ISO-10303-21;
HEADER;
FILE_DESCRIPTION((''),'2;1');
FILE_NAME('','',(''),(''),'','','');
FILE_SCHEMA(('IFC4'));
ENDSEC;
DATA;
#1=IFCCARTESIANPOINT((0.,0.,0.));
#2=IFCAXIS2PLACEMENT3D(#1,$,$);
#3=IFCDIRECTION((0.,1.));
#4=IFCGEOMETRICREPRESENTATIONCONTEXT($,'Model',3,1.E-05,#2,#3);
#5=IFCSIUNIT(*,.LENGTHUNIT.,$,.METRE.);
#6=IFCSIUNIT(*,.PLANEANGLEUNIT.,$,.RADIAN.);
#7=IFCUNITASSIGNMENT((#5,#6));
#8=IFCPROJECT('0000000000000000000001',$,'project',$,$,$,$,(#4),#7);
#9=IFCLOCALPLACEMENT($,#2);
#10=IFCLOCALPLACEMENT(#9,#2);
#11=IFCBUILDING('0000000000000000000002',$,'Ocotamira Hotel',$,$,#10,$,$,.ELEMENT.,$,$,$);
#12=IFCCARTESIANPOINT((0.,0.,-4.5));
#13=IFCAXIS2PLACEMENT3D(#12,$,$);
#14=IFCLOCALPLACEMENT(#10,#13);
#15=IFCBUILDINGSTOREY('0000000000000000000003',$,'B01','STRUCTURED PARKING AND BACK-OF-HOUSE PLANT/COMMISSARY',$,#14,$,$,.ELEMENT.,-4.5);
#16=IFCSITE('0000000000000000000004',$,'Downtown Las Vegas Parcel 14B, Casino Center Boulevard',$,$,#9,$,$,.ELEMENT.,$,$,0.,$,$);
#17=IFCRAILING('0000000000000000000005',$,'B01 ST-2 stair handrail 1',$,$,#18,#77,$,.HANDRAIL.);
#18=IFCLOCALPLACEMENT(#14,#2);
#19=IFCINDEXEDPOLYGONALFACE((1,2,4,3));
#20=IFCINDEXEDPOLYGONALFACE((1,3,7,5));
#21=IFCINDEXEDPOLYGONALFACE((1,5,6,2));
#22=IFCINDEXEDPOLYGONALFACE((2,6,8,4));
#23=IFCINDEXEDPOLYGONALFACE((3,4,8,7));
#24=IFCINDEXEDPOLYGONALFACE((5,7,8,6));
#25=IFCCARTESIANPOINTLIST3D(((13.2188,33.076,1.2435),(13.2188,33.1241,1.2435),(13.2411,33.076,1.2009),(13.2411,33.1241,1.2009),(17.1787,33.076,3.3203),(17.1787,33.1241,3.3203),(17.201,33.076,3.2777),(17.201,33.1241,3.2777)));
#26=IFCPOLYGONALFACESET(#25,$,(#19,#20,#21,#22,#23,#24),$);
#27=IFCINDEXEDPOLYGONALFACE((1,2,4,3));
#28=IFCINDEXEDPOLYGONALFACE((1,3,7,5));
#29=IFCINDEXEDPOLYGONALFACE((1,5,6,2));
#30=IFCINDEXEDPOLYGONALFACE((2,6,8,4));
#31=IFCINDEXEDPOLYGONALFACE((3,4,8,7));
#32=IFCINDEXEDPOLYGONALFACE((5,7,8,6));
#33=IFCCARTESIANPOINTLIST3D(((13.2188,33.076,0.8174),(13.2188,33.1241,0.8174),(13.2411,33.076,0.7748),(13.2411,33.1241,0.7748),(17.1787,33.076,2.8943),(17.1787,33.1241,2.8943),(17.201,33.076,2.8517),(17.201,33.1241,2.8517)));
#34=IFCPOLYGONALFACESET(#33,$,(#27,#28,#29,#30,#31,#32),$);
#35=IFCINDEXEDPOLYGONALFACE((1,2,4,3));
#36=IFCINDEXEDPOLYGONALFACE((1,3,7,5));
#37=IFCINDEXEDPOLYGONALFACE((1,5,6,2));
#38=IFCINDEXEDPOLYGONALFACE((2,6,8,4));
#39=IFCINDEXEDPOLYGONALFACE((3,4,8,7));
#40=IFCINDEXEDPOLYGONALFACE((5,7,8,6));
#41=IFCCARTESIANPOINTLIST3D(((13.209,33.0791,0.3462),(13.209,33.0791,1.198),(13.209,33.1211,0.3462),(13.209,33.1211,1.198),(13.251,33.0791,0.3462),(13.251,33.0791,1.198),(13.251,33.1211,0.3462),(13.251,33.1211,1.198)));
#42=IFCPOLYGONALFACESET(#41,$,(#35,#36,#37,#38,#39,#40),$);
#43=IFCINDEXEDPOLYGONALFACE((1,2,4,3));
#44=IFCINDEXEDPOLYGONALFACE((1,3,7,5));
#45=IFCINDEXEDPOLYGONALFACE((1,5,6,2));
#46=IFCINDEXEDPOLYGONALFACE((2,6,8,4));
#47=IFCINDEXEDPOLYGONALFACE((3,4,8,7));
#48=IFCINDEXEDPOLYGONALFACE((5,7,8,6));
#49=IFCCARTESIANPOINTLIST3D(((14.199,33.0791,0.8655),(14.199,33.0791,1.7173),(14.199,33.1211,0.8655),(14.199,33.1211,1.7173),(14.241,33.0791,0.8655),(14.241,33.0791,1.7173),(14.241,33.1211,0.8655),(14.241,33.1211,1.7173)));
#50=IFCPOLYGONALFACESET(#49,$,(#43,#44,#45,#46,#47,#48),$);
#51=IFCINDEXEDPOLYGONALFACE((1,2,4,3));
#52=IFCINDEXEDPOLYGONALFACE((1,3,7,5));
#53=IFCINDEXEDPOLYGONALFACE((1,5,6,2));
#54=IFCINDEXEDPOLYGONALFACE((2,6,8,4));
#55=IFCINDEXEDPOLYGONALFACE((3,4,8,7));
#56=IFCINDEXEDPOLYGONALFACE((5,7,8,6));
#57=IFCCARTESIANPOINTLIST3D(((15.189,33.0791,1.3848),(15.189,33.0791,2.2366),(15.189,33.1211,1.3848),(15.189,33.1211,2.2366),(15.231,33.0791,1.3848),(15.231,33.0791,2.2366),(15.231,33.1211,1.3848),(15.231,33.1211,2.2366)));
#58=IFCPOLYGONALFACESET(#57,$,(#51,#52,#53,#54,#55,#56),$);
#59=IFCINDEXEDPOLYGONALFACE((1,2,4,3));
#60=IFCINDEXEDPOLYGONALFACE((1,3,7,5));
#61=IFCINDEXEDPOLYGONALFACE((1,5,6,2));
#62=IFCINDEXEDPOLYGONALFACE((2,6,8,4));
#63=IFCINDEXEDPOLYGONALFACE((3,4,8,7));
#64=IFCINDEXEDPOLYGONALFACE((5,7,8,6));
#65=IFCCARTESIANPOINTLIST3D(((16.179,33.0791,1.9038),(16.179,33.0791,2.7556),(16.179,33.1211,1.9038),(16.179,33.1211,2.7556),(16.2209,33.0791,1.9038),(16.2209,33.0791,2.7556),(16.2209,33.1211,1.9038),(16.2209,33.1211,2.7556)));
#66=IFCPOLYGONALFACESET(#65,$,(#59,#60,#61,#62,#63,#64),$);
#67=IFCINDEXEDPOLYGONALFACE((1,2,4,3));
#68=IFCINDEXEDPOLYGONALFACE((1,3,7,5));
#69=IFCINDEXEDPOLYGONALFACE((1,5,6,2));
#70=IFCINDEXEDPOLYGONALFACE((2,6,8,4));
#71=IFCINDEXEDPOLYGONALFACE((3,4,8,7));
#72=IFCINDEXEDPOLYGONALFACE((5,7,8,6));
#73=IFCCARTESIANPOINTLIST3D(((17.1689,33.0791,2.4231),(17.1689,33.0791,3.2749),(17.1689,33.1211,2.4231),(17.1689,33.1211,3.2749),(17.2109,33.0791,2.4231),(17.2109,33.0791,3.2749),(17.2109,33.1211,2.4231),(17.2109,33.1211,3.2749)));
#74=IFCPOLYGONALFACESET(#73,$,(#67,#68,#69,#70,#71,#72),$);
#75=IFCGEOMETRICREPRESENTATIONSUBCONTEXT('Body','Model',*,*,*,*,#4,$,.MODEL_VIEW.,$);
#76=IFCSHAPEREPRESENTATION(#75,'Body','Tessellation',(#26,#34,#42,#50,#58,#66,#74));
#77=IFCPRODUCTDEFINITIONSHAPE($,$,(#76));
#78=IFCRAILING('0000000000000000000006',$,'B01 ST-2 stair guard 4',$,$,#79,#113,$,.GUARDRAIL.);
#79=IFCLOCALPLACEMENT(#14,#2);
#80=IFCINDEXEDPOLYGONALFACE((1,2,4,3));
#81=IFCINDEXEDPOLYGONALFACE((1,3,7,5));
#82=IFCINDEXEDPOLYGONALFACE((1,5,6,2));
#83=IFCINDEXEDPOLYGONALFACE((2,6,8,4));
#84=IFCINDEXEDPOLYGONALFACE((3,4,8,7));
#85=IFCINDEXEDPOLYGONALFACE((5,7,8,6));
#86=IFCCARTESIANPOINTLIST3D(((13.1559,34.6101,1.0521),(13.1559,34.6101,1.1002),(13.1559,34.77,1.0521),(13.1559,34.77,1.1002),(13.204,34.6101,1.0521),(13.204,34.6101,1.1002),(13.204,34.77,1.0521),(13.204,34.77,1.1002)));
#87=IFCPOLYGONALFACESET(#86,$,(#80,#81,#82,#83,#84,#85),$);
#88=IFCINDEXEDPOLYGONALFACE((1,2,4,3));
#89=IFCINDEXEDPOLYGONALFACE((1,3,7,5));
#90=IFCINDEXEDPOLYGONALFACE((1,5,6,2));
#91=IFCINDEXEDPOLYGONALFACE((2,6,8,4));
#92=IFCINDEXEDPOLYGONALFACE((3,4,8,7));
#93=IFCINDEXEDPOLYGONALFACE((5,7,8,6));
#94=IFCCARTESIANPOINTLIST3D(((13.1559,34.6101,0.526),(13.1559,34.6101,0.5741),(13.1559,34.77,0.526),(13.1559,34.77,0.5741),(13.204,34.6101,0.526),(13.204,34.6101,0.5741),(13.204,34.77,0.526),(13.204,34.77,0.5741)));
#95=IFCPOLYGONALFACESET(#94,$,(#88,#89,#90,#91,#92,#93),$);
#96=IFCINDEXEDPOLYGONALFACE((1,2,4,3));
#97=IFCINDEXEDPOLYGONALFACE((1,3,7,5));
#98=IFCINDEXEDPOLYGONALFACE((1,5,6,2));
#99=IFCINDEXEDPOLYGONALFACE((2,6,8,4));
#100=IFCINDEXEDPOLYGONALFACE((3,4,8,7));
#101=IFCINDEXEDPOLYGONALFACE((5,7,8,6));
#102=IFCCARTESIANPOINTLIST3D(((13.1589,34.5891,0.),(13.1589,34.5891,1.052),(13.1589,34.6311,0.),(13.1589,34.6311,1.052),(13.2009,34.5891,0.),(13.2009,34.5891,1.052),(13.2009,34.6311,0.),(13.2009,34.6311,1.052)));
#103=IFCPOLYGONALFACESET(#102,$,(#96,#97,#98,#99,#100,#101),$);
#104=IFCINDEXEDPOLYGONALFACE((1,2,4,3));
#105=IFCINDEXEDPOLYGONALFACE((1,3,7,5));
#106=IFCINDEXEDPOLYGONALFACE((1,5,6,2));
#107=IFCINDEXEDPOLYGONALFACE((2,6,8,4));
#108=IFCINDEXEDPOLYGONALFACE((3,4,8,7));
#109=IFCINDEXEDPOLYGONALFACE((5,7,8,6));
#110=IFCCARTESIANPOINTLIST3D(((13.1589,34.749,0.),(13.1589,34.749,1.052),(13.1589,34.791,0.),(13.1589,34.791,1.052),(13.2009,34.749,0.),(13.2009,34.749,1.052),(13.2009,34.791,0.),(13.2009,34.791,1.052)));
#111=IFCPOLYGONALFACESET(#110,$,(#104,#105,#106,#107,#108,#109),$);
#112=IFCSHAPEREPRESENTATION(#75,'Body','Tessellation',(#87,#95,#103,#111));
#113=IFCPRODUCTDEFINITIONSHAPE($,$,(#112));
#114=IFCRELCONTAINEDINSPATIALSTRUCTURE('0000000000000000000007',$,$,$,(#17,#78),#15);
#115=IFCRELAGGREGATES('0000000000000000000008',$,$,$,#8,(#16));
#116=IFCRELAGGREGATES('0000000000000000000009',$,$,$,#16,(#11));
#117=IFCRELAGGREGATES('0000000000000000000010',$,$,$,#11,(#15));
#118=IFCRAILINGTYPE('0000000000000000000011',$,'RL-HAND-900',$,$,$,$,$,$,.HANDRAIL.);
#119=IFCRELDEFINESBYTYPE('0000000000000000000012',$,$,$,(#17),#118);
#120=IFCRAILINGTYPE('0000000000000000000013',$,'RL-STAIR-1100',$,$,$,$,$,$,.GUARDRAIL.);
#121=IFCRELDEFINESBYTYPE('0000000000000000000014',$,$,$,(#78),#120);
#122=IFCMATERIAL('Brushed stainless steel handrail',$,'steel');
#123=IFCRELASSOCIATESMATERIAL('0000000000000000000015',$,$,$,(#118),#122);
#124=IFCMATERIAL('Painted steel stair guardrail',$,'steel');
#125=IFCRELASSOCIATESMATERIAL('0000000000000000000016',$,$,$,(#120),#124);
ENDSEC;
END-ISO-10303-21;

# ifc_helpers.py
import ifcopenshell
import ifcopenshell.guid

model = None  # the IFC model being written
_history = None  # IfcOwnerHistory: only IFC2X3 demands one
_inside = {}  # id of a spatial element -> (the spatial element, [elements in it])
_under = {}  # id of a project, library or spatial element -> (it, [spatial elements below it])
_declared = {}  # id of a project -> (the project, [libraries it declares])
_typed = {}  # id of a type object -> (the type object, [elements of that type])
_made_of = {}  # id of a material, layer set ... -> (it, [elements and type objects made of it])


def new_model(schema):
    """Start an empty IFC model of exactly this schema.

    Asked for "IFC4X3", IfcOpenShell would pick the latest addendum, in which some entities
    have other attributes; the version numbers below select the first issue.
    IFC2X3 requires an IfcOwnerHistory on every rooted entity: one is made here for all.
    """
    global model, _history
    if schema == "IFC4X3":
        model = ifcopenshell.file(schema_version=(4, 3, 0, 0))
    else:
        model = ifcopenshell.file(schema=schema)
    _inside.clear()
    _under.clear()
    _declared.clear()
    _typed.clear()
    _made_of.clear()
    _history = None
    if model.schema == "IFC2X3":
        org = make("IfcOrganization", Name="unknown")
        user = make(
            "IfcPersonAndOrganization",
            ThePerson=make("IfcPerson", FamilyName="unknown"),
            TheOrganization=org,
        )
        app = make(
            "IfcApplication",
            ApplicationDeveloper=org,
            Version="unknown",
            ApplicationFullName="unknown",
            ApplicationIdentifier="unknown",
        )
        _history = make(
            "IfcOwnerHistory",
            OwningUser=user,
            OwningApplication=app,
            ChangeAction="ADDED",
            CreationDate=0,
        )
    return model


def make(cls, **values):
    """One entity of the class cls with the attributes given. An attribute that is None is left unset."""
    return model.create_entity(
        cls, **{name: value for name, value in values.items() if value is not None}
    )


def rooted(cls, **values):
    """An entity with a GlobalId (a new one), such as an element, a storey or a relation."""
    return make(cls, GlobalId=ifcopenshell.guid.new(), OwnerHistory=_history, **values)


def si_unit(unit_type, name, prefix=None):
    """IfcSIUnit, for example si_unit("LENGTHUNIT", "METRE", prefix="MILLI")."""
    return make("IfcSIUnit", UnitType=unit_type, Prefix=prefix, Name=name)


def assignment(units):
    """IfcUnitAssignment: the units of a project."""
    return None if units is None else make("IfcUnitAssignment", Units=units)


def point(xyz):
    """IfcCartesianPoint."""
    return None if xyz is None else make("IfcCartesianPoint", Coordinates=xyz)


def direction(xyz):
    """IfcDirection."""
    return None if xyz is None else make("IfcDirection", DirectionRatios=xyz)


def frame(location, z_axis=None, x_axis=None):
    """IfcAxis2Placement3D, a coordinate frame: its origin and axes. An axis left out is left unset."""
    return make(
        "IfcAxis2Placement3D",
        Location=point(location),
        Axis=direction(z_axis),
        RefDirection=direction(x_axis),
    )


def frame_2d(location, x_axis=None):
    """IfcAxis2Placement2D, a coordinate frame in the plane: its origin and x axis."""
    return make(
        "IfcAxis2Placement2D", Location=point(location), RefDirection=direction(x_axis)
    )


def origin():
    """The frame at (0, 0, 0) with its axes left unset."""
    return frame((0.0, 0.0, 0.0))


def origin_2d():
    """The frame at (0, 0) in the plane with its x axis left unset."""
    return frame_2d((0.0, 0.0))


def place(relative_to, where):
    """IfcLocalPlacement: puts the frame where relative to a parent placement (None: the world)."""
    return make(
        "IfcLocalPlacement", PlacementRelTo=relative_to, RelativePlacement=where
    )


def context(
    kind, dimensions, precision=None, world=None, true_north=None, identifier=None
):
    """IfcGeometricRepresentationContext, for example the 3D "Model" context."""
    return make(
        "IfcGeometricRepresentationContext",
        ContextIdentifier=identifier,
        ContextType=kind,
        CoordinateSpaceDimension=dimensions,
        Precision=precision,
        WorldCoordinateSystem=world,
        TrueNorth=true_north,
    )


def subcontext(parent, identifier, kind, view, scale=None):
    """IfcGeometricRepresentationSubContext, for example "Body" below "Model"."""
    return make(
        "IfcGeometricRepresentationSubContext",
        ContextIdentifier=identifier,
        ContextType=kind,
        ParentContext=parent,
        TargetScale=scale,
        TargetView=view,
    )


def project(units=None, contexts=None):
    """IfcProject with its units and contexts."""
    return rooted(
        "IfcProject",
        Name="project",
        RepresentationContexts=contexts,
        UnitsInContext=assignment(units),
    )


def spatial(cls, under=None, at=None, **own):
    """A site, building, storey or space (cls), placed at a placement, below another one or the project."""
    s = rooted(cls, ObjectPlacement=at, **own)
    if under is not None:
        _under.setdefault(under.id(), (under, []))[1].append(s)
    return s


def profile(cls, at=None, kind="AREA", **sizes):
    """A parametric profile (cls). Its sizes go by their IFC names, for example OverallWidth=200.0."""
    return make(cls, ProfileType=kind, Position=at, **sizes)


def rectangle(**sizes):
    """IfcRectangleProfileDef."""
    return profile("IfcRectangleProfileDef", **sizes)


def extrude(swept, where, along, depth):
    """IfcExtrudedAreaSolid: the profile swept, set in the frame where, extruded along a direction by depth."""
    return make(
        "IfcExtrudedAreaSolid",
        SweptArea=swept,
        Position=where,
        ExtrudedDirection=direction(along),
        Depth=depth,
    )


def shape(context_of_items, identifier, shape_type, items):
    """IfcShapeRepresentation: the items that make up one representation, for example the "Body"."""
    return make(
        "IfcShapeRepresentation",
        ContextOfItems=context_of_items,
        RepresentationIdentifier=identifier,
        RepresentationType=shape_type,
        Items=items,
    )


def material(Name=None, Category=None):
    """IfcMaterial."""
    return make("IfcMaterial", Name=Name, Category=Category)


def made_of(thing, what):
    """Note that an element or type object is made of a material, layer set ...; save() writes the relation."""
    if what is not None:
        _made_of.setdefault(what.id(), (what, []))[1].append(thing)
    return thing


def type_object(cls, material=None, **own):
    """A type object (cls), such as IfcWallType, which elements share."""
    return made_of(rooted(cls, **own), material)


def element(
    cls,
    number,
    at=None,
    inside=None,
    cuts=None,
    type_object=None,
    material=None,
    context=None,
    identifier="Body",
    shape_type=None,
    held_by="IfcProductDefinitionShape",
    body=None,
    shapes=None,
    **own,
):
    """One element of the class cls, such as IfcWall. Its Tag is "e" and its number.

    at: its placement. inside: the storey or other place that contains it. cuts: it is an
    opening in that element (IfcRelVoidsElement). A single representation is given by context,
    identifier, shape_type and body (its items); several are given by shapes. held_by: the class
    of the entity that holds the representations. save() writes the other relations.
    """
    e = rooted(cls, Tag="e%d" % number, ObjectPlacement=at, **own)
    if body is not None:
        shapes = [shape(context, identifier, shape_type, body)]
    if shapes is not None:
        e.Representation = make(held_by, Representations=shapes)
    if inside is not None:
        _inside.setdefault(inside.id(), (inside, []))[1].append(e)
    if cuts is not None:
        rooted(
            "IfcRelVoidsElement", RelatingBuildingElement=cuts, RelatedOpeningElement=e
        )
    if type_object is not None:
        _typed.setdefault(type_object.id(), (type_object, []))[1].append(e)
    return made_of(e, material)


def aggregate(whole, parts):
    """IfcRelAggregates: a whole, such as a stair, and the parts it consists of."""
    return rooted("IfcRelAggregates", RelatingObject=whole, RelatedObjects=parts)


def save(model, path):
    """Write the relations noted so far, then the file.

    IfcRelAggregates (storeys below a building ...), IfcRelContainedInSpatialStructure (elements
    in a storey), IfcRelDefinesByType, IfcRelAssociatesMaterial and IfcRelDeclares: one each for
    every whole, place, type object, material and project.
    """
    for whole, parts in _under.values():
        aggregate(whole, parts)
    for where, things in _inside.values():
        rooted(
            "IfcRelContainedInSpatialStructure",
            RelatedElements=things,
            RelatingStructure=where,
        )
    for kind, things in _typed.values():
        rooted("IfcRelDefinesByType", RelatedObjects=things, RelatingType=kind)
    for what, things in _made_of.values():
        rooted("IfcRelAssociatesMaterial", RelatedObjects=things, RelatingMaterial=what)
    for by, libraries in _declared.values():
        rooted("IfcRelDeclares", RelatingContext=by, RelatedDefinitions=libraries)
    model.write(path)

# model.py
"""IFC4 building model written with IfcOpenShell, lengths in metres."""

from ifc_helpers import new_model, si_unit, direction, frame, origin, origin_2d, place, context, subcontext, project, spatial, rectangle, extrude, material, type_object, element, save


model = new_model("IFC4")

# Units and contexts
model_context = context("Model", 3, precision=1e-05, world=origin(), true_north=direction((0.0, 1.0)))
body_context = subcontext(model_context, "Body", "Model", "MODEL_VIEW")
ifc_project = project(units=[si_unit("LENGTHUNIT", "METRE"), si_unit("PLANEANGLEUNIT", "RADIAN")], contexts=[model_context])

# Site, building, storey
site_placement = place(None, origin())
site = spatial("IfcSite", under=ifc_project, at=site_placement, Name="Downtown Las Vegas Parcel 14B, Casino Center Boulevard", CompositionType="ELEMENT", RefElevation=0.0)
building_placement = place(site_placement, origin())
building = spatial("IfcBuilding", under=site, at=building_placement, Name="Ocotamira Hotel", CompositionType="ELEMENT")
storey_placement = place(building_placement, frame((0.0, 0.0, -4.5)))
storey = spatial("IfcBuildingStorey", under=building, at=storey_placement, Name="B01", Description="STRUCTURED PARKING AND BACK-OF-HOUSE PLANT/COMMISSARY", CompositionType="ELEMENT", Elevation=-4.5)

# Railings
ifc_material_1 = material(Name="Brushed stainless steel handrail", Category="steel")
railing_type_1 = type_object("IfcRailingType", Name="RL-HAND-900", PredefinedType="HANDRAIL", material=ifc_material_1)
railing_1_placement = place(storey_placement, frame((13.23, 33.1001, 0.3462)))
element("IfcRailing", 1, at=railing_1_placement, inside=storey, type_object=railing_type_1, Name="B01 ST-2 stair handrail 1", PredefinedType="HANDRAIL", context=body_context, shape_type="SweptSolid", body=[
    extrude(rectangle(XDim=0.0481, YDim=0.0481, at=origin_2d()), frame((0.0, 0.0, 0.876), z_axis=(0.885589, 0.0, 0.46447), x_axis=(0.0, 1.0, 0.0)), (0.0, 0.0, 1.0), 4.4714),
    extrude(rectangle(XDim=0.0481, YDim=0.0481, at=origin_2d()), frame((0.0, 0.0, 0.45), z_axis=(0.885589, 0.0, 0.46447), x_axis=(0.0, 1.0, 0.0)), (0.0, 0.0, 1.0), 4.4714),
    extrude(rectangle(XDim=0.042, YDim=0.042, at=origin_2d()), origin(), (0.0, 0.0, 1.0), 0.8518),
    extrude(rectangle(XDim=0.042, YDim=0.042, at=origin_2d()), frame((0.99, 0.0, 0.5193)), (0.0, 0.0, 1.0), 0.8518),
    extrude(rectangle(XDim=0.042, YDim=0.042, at=origin_2d()), frame((1.98, 0.0, 1.0386)), (0.0, 0.0, 1.0), 0.8518),
    extrude(rectangle(XDim=0.042, YDim=0.042, at=origin_2d()), frame((2.97, 0.0, 1.5576)), (0.0, 0.0, 1.0), 0.8518),
    extrude(rectangle(XDim=0.042, YDim=0.042, at=origin_2d()), frame((3.96, 0.0, 2.0769)), (0.0, 0.0, 1.0), 0.8518),
])
ifc_material_2 = material(Name="Painted steel stair guardrail", Category="steel")
railing_type_2 = type_object("IfcRailingType", Name="RL-STAIR-1100", PredefinedType="GUARDRAIL", material=ifc_material_2)
railing_2_placement = place(storey_placement, frame((13.1799, 34.6101, 0.0)))
element("IfcRailing", 2, at=railing_2_placement, inside=storey, type_object=railing_type_2, Name="B01 ST-2 stair guard 4", PredefinedType="GUARDRAIL", context=body_context, shape_type="SweptSolid", body=[
    extrude(rectangle(XDim=0.0481, YDim=0.0481, at=origin_2d()), frame((0.0, 0.0, 1.0762), z_axis=(0.0, 1.0, 0.0), x_axis=(-1.0, 0.0, 0.0)), (0.0, 0.0, 1.0), 0.1599),
    extrude(rectangle(XDim=0.0481, YDim=0.0481, at=origin_2d()), frame((0.0, 0.0, 0.55), z_axis=(0.0, 1.0, 0.0), x_axis=(-1.0, 0.0, 0.0)), (0.0, 0.0, 1.0), 0.1599),
    extrude(rectangle(XDim=0.042, YDim=0.042, at=origin_2d()), origin(), (0.0, 0.0, 1.0), 1.052),
    extrude(rectangle(XDim=0.042, YDim=0.042, at=origin_2d()), frame((0.0, 0.1599, 0.0)), (0.0, 0.0, 1.0), 1.052),
])

save(model, "model.ifc")
